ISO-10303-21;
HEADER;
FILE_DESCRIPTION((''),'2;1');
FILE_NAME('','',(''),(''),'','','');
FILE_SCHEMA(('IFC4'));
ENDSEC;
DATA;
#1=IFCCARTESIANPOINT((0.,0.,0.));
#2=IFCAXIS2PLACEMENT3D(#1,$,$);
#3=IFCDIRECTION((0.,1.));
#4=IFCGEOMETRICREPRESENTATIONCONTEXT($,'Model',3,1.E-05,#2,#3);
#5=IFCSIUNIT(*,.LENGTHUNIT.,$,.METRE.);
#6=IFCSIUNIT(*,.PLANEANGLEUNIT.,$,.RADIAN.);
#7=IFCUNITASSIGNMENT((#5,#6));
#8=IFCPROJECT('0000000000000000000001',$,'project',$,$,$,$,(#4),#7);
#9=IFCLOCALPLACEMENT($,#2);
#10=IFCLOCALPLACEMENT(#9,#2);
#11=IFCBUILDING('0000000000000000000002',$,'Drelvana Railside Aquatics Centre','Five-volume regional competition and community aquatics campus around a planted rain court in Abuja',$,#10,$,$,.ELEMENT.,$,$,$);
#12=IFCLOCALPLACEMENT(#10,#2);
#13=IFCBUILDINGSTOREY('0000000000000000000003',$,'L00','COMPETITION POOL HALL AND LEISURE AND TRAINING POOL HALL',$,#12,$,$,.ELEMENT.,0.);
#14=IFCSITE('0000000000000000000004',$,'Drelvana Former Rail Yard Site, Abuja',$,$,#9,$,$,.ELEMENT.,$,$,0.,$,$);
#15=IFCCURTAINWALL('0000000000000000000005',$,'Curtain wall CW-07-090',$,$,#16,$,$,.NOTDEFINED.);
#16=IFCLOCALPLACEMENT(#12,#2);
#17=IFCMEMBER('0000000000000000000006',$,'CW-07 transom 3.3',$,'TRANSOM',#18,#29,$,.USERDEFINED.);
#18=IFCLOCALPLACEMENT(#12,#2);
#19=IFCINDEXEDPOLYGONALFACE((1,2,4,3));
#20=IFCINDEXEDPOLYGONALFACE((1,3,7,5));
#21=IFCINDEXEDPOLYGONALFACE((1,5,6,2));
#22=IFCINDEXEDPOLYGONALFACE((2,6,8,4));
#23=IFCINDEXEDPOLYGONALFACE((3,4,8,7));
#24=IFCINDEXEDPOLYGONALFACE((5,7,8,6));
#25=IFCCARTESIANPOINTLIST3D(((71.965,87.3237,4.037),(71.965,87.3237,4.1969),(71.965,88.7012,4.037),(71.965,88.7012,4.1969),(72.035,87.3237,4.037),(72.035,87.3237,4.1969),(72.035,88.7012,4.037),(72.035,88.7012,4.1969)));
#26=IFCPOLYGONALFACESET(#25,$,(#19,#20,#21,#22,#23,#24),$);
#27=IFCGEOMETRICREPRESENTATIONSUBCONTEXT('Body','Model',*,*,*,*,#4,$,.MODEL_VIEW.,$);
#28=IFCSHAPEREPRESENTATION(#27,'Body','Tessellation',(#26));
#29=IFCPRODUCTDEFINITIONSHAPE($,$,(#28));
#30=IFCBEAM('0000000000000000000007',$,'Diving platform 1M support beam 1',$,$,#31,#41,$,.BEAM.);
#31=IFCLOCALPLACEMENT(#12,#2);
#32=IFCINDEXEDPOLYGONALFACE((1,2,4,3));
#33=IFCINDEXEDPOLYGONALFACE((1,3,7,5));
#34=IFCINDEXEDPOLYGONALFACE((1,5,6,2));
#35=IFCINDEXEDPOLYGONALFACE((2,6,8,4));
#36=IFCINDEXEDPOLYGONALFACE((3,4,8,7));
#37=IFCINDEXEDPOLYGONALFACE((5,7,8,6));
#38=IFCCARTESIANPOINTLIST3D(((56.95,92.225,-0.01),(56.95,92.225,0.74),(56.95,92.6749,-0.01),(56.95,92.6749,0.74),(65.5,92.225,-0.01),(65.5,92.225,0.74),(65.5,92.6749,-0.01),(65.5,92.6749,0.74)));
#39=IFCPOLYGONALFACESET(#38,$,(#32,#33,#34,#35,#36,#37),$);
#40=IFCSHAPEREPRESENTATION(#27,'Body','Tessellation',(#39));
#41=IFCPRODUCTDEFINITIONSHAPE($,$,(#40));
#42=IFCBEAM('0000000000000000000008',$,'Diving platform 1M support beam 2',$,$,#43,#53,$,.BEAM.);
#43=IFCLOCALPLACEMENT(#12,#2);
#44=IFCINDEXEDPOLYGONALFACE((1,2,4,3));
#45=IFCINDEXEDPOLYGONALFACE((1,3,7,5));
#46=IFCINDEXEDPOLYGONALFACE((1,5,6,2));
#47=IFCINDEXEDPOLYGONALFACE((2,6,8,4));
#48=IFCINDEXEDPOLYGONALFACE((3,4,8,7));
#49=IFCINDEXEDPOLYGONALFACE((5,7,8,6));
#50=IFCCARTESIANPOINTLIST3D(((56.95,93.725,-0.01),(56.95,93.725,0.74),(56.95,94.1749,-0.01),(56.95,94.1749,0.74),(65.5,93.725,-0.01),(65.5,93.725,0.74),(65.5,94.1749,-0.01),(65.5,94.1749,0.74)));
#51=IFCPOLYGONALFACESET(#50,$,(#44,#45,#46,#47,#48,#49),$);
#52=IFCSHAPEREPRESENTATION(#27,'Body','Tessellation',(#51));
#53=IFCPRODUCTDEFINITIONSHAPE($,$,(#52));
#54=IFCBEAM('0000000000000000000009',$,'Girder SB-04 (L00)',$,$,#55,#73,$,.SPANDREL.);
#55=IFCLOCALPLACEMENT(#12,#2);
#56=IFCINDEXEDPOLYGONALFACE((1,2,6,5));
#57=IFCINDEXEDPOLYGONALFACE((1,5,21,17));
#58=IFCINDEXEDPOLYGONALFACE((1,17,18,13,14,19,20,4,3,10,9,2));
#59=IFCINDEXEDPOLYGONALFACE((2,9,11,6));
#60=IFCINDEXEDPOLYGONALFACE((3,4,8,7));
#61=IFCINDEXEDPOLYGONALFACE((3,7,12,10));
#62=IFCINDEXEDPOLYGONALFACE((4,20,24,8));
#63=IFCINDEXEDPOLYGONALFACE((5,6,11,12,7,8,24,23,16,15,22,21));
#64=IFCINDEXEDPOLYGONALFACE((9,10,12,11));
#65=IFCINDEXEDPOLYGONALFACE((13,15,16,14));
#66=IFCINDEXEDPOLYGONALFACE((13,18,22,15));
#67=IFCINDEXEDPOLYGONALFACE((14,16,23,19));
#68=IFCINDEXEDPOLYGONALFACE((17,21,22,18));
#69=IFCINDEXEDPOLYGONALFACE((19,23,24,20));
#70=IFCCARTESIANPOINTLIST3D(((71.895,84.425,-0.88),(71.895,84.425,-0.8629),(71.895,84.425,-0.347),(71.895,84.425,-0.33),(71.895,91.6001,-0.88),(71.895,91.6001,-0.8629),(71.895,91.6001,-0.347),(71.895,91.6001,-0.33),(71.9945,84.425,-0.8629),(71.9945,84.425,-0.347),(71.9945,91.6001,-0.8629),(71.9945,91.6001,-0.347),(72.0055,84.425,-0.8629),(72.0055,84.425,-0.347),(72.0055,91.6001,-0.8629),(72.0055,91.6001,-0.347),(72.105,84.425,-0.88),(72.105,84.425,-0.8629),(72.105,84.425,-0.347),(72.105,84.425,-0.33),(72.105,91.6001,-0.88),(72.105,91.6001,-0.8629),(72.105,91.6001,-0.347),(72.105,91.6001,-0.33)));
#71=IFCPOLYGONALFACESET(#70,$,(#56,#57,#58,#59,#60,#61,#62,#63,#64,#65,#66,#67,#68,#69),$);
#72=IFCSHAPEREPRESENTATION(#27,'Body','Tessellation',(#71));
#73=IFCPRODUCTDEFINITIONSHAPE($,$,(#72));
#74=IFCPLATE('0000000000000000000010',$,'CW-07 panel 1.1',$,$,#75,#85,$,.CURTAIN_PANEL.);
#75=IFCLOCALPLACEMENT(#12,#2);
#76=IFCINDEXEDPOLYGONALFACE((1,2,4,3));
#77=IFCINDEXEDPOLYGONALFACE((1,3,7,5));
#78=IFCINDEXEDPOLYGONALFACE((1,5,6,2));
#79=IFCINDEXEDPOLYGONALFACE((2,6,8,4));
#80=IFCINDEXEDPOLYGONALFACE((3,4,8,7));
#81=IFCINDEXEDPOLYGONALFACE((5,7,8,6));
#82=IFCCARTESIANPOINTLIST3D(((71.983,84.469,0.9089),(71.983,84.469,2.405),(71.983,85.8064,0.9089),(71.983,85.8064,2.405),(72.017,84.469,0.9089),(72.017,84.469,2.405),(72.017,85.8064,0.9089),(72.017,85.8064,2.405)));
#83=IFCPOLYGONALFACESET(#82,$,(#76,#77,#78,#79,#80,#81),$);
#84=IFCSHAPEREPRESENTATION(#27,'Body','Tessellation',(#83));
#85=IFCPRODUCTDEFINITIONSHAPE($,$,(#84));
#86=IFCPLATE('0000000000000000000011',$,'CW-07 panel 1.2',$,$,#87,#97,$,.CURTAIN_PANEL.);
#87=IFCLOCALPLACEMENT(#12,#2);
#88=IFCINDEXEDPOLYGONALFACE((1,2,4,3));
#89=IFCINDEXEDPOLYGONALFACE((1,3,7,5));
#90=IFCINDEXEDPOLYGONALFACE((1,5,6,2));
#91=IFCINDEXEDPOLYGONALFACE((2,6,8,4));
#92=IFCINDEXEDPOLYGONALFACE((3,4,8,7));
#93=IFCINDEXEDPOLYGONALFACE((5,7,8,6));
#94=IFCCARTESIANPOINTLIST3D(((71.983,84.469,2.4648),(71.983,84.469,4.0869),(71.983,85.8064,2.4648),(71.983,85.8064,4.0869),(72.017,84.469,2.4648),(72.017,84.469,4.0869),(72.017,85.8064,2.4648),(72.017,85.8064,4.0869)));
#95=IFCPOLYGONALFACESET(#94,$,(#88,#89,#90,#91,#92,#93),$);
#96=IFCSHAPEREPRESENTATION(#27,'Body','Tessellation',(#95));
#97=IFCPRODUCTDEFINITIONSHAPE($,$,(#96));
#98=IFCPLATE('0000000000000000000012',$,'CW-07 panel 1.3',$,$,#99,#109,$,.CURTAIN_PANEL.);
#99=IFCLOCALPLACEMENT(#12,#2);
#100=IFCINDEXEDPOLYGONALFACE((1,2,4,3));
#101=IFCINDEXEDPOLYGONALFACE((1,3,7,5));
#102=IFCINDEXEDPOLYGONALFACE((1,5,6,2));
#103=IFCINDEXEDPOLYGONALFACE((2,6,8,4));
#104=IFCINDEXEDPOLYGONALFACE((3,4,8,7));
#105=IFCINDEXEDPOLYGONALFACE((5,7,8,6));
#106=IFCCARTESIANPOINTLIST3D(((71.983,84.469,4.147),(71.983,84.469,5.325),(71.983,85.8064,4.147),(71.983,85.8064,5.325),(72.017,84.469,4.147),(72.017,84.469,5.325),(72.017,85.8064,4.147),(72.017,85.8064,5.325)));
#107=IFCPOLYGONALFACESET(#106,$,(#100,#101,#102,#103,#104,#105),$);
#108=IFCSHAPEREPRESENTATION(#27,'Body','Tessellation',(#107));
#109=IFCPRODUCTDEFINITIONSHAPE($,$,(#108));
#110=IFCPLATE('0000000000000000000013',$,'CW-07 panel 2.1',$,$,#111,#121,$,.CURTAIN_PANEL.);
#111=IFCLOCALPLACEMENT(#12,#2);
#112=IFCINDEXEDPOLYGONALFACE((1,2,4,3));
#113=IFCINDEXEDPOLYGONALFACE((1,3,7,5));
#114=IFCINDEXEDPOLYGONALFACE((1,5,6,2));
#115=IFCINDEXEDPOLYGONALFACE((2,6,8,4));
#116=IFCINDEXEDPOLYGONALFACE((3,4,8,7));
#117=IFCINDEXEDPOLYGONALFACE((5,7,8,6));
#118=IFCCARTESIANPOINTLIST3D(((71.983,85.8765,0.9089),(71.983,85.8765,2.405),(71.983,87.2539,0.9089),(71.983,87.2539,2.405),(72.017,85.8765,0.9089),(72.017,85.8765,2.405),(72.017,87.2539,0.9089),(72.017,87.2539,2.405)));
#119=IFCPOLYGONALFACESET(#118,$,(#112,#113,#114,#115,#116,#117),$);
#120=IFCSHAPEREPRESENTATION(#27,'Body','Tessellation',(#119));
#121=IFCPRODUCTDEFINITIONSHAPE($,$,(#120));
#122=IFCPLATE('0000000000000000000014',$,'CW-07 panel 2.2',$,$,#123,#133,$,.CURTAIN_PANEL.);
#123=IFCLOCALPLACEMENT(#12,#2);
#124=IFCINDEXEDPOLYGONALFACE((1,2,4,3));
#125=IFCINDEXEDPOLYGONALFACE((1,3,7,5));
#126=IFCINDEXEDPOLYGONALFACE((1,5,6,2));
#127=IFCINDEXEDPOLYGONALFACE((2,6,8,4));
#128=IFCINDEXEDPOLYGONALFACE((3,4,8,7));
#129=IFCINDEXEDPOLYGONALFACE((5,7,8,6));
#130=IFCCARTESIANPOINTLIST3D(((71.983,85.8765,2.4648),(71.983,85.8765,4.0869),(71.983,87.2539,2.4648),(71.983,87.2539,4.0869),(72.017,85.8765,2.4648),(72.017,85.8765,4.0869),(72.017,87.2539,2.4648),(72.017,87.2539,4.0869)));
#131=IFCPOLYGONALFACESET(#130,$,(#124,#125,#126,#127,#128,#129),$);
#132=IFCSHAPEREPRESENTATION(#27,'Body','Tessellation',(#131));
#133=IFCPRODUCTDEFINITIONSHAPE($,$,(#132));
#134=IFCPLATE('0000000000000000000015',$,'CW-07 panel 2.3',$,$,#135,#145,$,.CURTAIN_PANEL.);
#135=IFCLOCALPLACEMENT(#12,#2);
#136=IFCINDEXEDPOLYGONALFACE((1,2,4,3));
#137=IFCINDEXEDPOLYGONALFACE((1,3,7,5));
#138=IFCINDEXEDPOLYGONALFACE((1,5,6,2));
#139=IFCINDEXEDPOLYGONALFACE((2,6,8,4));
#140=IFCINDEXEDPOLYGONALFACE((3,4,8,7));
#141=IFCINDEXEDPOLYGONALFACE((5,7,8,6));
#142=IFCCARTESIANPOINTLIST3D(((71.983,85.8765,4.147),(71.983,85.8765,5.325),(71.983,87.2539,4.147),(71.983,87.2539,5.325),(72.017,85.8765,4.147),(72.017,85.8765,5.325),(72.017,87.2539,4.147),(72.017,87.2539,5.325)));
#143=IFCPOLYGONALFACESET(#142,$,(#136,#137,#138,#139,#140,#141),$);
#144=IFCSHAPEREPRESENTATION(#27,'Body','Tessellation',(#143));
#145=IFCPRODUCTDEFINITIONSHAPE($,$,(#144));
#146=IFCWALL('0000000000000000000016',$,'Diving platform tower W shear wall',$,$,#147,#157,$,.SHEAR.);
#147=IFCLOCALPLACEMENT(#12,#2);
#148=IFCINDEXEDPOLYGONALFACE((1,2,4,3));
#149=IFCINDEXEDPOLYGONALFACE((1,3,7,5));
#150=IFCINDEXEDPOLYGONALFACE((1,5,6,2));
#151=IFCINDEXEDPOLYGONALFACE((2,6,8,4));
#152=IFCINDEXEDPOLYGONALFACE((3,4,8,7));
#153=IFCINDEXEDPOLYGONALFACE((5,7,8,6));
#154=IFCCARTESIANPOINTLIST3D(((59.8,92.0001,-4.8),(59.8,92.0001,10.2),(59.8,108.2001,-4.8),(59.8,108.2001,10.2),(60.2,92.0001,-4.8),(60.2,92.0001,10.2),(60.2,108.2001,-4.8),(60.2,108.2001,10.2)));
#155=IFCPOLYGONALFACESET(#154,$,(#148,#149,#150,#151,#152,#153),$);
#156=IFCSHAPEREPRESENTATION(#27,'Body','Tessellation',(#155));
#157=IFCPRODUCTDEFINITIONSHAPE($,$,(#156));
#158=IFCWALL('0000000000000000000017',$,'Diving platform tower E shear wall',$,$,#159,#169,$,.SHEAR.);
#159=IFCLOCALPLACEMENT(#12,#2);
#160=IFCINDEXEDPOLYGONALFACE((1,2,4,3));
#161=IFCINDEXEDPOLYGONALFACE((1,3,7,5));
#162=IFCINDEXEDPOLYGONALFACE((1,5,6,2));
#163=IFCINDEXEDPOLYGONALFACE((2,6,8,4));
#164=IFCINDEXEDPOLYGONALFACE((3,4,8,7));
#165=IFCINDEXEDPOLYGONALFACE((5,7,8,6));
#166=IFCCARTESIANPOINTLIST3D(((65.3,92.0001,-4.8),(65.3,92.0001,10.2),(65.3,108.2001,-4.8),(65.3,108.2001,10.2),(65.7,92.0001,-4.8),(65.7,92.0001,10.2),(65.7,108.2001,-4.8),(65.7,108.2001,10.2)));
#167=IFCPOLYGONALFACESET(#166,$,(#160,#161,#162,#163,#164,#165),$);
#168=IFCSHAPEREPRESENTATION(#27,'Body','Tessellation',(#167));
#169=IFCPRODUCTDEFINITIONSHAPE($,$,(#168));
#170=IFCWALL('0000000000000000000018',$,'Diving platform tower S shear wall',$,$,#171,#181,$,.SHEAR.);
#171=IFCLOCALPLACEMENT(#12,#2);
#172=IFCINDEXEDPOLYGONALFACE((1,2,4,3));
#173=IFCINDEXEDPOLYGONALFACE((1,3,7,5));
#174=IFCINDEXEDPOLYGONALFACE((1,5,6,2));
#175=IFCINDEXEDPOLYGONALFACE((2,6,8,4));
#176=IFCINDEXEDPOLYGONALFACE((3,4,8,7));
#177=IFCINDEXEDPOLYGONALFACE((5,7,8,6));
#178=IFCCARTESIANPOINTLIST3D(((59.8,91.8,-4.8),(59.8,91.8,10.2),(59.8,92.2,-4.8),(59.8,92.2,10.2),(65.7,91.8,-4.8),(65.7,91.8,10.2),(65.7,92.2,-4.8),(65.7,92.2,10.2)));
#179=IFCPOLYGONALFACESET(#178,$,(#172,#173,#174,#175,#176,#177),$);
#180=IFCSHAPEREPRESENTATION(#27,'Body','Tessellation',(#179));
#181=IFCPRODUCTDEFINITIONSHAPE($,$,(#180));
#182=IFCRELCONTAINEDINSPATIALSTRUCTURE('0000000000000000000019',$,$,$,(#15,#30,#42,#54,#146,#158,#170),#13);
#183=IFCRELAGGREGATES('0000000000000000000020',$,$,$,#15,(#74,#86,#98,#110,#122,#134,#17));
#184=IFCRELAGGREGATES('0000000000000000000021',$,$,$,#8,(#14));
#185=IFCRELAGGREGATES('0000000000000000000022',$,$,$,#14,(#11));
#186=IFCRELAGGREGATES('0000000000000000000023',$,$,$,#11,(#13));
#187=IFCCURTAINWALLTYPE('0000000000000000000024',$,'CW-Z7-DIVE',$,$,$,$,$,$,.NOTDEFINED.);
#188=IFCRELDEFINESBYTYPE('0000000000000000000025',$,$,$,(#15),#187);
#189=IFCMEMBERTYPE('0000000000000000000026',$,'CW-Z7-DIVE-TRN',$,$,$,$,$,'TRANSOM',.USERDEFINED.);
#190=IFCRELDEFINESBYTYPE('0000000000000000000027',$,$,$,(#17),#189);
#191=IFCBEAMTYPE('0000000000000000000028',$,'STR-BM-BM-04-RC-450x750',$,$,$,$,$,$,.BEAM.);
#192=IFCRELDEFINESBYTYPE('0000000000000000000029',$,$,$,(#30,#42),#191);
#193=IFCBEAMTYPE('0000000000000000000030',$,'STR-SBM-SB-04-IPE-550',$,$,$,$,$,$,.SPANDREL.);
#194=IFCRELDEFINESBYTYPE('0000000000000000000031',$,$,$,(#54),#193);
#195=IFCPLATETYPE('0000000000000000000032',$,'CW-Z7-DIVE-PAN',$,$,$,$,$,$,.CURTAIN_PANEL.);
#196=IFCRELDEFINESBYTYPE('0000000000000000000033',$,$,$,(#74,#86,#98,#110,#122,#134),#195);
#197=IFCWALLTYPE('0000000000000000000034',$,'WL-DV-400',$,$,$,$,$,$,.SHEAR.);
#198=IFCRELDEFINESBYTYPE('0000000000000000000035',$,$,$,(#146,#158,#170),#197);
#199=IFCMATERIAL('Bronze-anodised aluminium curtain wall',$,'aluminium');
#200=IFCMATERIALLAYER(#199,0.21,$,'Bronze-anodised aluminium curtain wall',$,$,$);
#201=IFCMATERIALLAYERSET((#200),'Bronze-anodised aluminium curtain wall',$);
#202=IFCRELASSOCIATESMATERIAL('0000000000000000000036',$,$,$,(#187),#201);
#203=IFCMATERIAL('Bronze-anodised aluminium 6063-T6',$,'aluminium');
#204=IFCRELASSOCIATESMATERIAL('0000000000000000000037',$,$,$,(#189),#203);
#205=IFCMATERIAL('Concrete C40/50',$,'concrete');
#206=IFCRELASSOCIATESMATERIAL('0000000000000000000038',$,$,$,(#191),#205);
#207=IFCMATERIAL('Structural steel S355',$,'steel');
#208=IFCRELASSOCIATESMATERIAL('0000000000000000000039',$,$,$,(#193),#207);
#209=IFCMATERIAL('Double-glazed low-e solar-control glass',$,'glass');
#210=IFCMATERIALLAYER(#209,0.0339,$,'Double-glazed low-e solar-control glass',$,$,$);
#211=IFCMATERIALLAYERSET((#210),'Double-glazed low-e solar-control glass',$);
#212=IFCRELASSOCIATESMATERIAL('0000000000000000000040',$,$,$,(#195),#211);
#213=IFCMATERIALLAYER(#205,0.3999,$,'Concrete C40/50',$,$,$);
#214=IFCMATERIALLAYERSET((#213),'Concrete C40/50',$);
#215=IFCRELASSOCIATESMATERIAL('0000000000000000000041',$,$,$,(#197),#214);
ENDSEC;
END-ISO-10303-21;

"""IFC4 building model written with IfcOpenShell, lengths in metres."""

from ifc_helpers import new_model, si_unit, direction, frame, frame_2d, origin, origin_2d, place, context, subcontext, project, spatial, rectangle, i_section, extrude, material, layer, layer_set, material_profile, profile_set, type_object, element, aggregate, save


model = new_model("IFC4")

# Units and contexts
model_context = context("Model", 3, precision=1e-05, world=origin(), true_north=direction((0.0, 1.0)))
body_context = subcontext(model_context, "Body", "Model", "MODEL_VIEW")
ifc_project = project(units=[si_unit("LENGTHUNIT", "METRE"), si_unit("PLANEANGLEUNIT", "RADIAN")], contexts=[model_context])

# Site, building, storey
site_placement = place(None, origin())
site = spatial("IfcSite", under=ifc_project, at=site_placement, Name="Drelvana Former Rail Yard Site, Abuja", CompositionType="ELEMENT", RefElevation=0.0)
building_placement = place(site_placement, origin())
building = spatial("IfcBuilding", under=site, at=building_placement, Name="Drelvana Railside Aquatics Centre", Description="Five-volume regional competition and community aquatics campus around a planted rain court in Abuja", CompositionType="ELEMENT")
storey_placement = place(building_placement, origin())
storey = spatial("IfcBuildingStorey", under=building, at=storey_placement, Name="L00", Description="COMPETITION POOL HALL AND LEISURE AND TRAINING POOL HALL", CompositionType="ELEMENT", Elevation=0.0)

# Shared definitions
ifc_material_1 = material(Name="Concrete C40/50", Category="concrete")

# Curtain wall, member
ifc_material_2 = material(Name="Bronze-anodised aluminium curtain wall", Category="aluminium")
ifc_layer_1 = layer(ifc_material_2, 0.21, Name="Bronze-anodised aluminium curtain wall")
ifc_layer_set_1 = layer_set([ifc_layer_1], Name="Bronze-anodised aluminium curtain wall")
curtain_wall_type = type_object("IfcCurtainWallType", Name="CW-Z7-DIVE", PredefinedType="NOTDEFINED", material=ifc_layer_set_1)
curtain_wall_placement = place(storey_placement, origin())
curtain_wall = element("IfcCurtainWall", 1, at=curtain_wall_placement, inside=storey, type_object=curtain_wall_type, Name="Curtain wall CW-07-090", PredefinedType="NOTDEFINED")
ifc_material_3 = material(Name="Bronze-anodised aluminium 6063-T6", Category="aluminium")
ifc_material_profile_1 = material_profile(ifc_material_3, rectangle(XDim=0.1599, YDim=0.0701, at=origin_2d()), Name="ALU-T 70x160")
ifc_profile_set_1 = profile_set([ifc_material_profile_1], Name="Bronze-anodised aluminium 6063-T6")
member_type_1 = type_object("IfcMemberType", Name="CW-Z7-DIVE-TRN", ElementType="TRANSOM", PredefinedType="USERDEFINED", material=ifc_profile_set_1)
member_1_placement = place(storey_placement, frame((72.0, 87.3237, 4.1169), z_axis=(0.0, 1.0, 0.0), x_axis=(0.0, 0.0, 1.0)))
member_1 = element("IfcMember", 2, at=member_1_placement, type_object=member_type_1, Name="CW-07 transom 3.3", ObjectType="TRANSOM", PredefinedType="USERDEFINED", context=body_context, shape_type="SweptSolid", body=[
    extrude(rectangle(XDim=0.1599, YDim=0.0701, at=origin_2d()), origin(), (0.0, 0.0, 1.0), 1.3774),
])

# Beams
ifc_material_profile_2 = material_profile(ifc_material_1, rectangle(XDim=0.45, YDim=0.75, at=origin_2d()), Name="RC 450x750")
ifc_profile_set_2 = profile_set([ifc_material_profile_2], Name="Concrete C40/50")
beam_type_1 = type_object("IfcBeamType", Name="STR-BM-BM-04-RC-450x750", PredefinedType="BEAM", material=ifc_profile_set_2)
for number, where, z_axis, x_axis, name in (
    (3, (65.5, 92.45, 0.365), (-1.0, 0.0, 0.0), (0.0, -1.0, 0.0), "Diving platform 1M support beam 1"),
    (4, (65.5, 93.95, 0.365), (-1.0, 0.0, 0.0), (0.0, -1.0, 0.0), "Diving platform 1M support beam 2"),
):
    element("IfcBeam", number, at=place(storey_placement, frame(where, z_axis=z_axis, x_axis=x_axis)), inside=storey, type_object=beam_type_1, Name=name, PredefinedType="BEAM", context=body_context, shape_type="SweptSolid", body=[
        extrude(rectangle(XDim=0.45, YDim=0.75, at=origin_2d()), origin(), (0.0, 0.0, 1.0), 8.55),
    ])
ifc_material_4 = material(Name="Structural steel S355", Category="steel")
ifc_material_profile_3 = material_profile(ifc_material_4, i_section(OverallWidth=0.21, OverallDepth=0.55, WebThickness=0.011, FlangeThickness=0.0171, at=origin_2d()), Name="IPE 550")
ifc_profile_set_3 = profile_set([ifc_material_profile_3], Name="Structural steel S355")
beam_type_2 = type_object("IfcBeamType", Name="STR-SBM-SB-04-IPE-550", PredefinedType="SPANDREL", material=ifc_profile_set_3)
beam_placement = place(storey_placement, frame((72.0, 84.425, -0.605), z_axis=(0.0, 1.0, 0.0), x_axis=(-1.0, 0.0, 0.0)))
element("IfcBeam", 5, at=beam_placement, inside=storey, type_object=beam_type_2, Name="Girder SB-04 (L00)", PredefinedType="SPANDREL", context=body_context, shape_type="SweptSolid", body=[
    extrude(i_section(OverallWidth=0.21, OverallDepth=0.55, WebThickness=0.011, FlangeThickness=0.0171, at=origin_2d()), origin(), (0.0, 0.0, 1.0), 7.175),
])

# Plates
ifc_material_5 = material(Name="Double-glazed low-e solar-control glass", Category="glass")
ifc_layer_2 = layer(ifc_material_5, 0.0339, Name="Double-glazed low-e solar-control glass")
ifc_layer_set_2 = layer_set([ifc_layer_2], Name="Double-glazed low-e solar-control glass")
plate_type = type_object("IfcPlateType", Name="CW-Z7-DIVE-PAN", PredefinedType="CURTAIN_PANEL", material=ifc_layer_set_2)
plate_1_placement = place(storey_placement, frame((72.0, 85.1377, 0.9089), z_axis=(0.0, 0.0, 1.0), x_axis=(0.0, 1.0, 0.0)))
plate_1 = element("IfcPlate", 6, at=plate_1_placement, type_object=plate_type, Name="CW-07 panel 1.1", PredefinedType="CURTAIN_PANEL", context=body_context, shape_type="SweptSolid", body=[
    extrude(rectangle(XDim=1.3374, YDim=0.0339, at=origin_2d()), origin(), (0.0, 0.0, 1.0), 1.4961),
])
plate_2_placement = place(storey_placement, frame((72.0, 85.1377, 2.4648), z_axis=(0.0, 0.0, 1.0), x_axis=(0.0, 1.0, 0.0)))
plate_2 = element("IfcPlate", 7, at=plate_2_placement, type_object=plate_type, Name="CW-07 panel 1.2", PredefinedType="CURTAIN_PANEL", context=body_context, shape_type="SweptSolid", body=[
    extrude(rectangle(XDim=1.3374, YDim=0.0339, at=origin_2d()), origin(), (0.0, 0.0, 1.0), 1.6221),
])
plate_3_placement = place(storey_placement, frame((72.0, 85.1377, 4.147), z_axis=(0.0, 0.0, 1.0), x_axis=(0.0, 1.0, 0.0)))
plate_3 = element("IfcPlate", 8, at=plate_3_placement, type_object=plate_type, Name="CW-07 panel 1.3", PredefinedType="CURTAIN_PANEL", context=body_context, shape_type="SweptSolid", body=[
    extrude(rectangle(XDim=1.3374, YDim=0.0339, at=origin_2d()), origin(), (0.0, 0.0, 1.0), 1.178),
])
plate_4_placement = place(storey_placement, frame((72.0, 86.5652, 0.9089), z_axis=(0.0, 0.0, 1.0), x_axis=(0.0, 1.0, 0.0)))
plate_4 = element("IfcPlate", 9, at=plate_4_placement, type_object=plate_type, Name="CW-07 panel 2.1", PredefinedType="CURTAIN_PANEL", context=body_context, shape_type="SweptSolid", body=[
    extrude(rectangle(XDim=1.3774, YDim=0.0339, at=origin_2d()), origin(), (0.0, 0.0, 1.0), 1.4961),
])
plate_5_placement = place(storey_placement, frame((72.0, 86.5652, 2.4648), z_axis=(0.0, 0.0, 1.0), x_axis=(0.0, 1.0, 0.0)))
plate_5 = element("IfcPlate", 10, at=plate_5_placement, type_object=plate_type, Name="CW-07 panel 2.2", PredefinedType="CURTAIN_PANEL", context=body_context, shape_type="SweptSolid", body=[
    extrude(rectangle(XDim=1.3774, YDim=0.0339, at=origin_2d()), origin(), (0.0, 0.0, 1.0), 1.6221),
])
plate_6_placement = place(storey_placement, frame((72.0, 86.5652, 4.147), z_axis=(0.0, 0.0, 1.0), x_axis=(0.0, 1.0, 0.0)))
plate_6 = element("IfcPlate", 11, at=plate_6_placement, type_object=plate_type, Name="CW-07 panel 2.3", PredefinedType="CURTAIN_PANEL", context=body_context, shape_type="SweptSolid", body=[
    extrude(rectangle(XDim=1.3774, YDim=0.0339, at=origin_2d()), origin(), (0.0, 0.0, 1.0), 1.178),
])
aggregate(curtain_wall, [plate_1, plate_2, plate_3, plate_4, plate_5, plate_6, member_1])

# Walls
ifc_layer_3 = layer(ifc_material_1, 0.3999, Name="Concrete C40/50")
ifc_layer_set_3 = layer_set([ifc_layer_3], Name="Concrete C40/50")
wall_type_1 = type_object("IfcWallType", Name="WL-DV-400", PredefinedType="SHEAR", material=ifc_layer_set_3)
for number, where, z_axis, x_axis, name in (
    (12, (60.0, 92.0, -4.8), (0.0, 0.0, 1.0), (0.0, 1.0, 0.0), "Diving platform tower W shear wall"),
    (13, (65.5, 92.0, -4.8), (0.0, 0.0, 1.0), (0.0, 1.0, 0.0), "Diving platform tower E shear wall"),
):
    element("IfcWall", number, at=place(storey_placement, frame(where, z_axis=z_axis, x_axis=x_axis)), inside=storey, type_object=wall_type_1, Name=name, PredefinedType="SHEAR", context=body_context, shape_type="SweptSolid", body=[
        extrude(rectangle(XDim=16.2, YDim=0.3999, at=frame_2d((8.1001, 0.0))), origin(), (0.0, 0.0, 1.0), 15.0),
    ])
wall_1_placement = place(storey_placement, frame((59.8, 92.0, -4.8), z_axis=(0.0, 0.0, 1.0), x_axis=(1.0, 0.0, 0.0)))
element("IfcWall", 14, at=wall_1_placement, inside=storey, type_object=wall_type_1, Name="Diving platform tower S shear wall", PredefinedType="SHEAR", context=body_context, shape_type="SweptSolid", body=[
    extrude(rectangle(XDim=5.8999, YDim=0.3999, at=frame_2d((2.95, 0.0))), origin(), (0.0, 0.0, 1.0), 15.0),
])

save(model, "model.ifc")
